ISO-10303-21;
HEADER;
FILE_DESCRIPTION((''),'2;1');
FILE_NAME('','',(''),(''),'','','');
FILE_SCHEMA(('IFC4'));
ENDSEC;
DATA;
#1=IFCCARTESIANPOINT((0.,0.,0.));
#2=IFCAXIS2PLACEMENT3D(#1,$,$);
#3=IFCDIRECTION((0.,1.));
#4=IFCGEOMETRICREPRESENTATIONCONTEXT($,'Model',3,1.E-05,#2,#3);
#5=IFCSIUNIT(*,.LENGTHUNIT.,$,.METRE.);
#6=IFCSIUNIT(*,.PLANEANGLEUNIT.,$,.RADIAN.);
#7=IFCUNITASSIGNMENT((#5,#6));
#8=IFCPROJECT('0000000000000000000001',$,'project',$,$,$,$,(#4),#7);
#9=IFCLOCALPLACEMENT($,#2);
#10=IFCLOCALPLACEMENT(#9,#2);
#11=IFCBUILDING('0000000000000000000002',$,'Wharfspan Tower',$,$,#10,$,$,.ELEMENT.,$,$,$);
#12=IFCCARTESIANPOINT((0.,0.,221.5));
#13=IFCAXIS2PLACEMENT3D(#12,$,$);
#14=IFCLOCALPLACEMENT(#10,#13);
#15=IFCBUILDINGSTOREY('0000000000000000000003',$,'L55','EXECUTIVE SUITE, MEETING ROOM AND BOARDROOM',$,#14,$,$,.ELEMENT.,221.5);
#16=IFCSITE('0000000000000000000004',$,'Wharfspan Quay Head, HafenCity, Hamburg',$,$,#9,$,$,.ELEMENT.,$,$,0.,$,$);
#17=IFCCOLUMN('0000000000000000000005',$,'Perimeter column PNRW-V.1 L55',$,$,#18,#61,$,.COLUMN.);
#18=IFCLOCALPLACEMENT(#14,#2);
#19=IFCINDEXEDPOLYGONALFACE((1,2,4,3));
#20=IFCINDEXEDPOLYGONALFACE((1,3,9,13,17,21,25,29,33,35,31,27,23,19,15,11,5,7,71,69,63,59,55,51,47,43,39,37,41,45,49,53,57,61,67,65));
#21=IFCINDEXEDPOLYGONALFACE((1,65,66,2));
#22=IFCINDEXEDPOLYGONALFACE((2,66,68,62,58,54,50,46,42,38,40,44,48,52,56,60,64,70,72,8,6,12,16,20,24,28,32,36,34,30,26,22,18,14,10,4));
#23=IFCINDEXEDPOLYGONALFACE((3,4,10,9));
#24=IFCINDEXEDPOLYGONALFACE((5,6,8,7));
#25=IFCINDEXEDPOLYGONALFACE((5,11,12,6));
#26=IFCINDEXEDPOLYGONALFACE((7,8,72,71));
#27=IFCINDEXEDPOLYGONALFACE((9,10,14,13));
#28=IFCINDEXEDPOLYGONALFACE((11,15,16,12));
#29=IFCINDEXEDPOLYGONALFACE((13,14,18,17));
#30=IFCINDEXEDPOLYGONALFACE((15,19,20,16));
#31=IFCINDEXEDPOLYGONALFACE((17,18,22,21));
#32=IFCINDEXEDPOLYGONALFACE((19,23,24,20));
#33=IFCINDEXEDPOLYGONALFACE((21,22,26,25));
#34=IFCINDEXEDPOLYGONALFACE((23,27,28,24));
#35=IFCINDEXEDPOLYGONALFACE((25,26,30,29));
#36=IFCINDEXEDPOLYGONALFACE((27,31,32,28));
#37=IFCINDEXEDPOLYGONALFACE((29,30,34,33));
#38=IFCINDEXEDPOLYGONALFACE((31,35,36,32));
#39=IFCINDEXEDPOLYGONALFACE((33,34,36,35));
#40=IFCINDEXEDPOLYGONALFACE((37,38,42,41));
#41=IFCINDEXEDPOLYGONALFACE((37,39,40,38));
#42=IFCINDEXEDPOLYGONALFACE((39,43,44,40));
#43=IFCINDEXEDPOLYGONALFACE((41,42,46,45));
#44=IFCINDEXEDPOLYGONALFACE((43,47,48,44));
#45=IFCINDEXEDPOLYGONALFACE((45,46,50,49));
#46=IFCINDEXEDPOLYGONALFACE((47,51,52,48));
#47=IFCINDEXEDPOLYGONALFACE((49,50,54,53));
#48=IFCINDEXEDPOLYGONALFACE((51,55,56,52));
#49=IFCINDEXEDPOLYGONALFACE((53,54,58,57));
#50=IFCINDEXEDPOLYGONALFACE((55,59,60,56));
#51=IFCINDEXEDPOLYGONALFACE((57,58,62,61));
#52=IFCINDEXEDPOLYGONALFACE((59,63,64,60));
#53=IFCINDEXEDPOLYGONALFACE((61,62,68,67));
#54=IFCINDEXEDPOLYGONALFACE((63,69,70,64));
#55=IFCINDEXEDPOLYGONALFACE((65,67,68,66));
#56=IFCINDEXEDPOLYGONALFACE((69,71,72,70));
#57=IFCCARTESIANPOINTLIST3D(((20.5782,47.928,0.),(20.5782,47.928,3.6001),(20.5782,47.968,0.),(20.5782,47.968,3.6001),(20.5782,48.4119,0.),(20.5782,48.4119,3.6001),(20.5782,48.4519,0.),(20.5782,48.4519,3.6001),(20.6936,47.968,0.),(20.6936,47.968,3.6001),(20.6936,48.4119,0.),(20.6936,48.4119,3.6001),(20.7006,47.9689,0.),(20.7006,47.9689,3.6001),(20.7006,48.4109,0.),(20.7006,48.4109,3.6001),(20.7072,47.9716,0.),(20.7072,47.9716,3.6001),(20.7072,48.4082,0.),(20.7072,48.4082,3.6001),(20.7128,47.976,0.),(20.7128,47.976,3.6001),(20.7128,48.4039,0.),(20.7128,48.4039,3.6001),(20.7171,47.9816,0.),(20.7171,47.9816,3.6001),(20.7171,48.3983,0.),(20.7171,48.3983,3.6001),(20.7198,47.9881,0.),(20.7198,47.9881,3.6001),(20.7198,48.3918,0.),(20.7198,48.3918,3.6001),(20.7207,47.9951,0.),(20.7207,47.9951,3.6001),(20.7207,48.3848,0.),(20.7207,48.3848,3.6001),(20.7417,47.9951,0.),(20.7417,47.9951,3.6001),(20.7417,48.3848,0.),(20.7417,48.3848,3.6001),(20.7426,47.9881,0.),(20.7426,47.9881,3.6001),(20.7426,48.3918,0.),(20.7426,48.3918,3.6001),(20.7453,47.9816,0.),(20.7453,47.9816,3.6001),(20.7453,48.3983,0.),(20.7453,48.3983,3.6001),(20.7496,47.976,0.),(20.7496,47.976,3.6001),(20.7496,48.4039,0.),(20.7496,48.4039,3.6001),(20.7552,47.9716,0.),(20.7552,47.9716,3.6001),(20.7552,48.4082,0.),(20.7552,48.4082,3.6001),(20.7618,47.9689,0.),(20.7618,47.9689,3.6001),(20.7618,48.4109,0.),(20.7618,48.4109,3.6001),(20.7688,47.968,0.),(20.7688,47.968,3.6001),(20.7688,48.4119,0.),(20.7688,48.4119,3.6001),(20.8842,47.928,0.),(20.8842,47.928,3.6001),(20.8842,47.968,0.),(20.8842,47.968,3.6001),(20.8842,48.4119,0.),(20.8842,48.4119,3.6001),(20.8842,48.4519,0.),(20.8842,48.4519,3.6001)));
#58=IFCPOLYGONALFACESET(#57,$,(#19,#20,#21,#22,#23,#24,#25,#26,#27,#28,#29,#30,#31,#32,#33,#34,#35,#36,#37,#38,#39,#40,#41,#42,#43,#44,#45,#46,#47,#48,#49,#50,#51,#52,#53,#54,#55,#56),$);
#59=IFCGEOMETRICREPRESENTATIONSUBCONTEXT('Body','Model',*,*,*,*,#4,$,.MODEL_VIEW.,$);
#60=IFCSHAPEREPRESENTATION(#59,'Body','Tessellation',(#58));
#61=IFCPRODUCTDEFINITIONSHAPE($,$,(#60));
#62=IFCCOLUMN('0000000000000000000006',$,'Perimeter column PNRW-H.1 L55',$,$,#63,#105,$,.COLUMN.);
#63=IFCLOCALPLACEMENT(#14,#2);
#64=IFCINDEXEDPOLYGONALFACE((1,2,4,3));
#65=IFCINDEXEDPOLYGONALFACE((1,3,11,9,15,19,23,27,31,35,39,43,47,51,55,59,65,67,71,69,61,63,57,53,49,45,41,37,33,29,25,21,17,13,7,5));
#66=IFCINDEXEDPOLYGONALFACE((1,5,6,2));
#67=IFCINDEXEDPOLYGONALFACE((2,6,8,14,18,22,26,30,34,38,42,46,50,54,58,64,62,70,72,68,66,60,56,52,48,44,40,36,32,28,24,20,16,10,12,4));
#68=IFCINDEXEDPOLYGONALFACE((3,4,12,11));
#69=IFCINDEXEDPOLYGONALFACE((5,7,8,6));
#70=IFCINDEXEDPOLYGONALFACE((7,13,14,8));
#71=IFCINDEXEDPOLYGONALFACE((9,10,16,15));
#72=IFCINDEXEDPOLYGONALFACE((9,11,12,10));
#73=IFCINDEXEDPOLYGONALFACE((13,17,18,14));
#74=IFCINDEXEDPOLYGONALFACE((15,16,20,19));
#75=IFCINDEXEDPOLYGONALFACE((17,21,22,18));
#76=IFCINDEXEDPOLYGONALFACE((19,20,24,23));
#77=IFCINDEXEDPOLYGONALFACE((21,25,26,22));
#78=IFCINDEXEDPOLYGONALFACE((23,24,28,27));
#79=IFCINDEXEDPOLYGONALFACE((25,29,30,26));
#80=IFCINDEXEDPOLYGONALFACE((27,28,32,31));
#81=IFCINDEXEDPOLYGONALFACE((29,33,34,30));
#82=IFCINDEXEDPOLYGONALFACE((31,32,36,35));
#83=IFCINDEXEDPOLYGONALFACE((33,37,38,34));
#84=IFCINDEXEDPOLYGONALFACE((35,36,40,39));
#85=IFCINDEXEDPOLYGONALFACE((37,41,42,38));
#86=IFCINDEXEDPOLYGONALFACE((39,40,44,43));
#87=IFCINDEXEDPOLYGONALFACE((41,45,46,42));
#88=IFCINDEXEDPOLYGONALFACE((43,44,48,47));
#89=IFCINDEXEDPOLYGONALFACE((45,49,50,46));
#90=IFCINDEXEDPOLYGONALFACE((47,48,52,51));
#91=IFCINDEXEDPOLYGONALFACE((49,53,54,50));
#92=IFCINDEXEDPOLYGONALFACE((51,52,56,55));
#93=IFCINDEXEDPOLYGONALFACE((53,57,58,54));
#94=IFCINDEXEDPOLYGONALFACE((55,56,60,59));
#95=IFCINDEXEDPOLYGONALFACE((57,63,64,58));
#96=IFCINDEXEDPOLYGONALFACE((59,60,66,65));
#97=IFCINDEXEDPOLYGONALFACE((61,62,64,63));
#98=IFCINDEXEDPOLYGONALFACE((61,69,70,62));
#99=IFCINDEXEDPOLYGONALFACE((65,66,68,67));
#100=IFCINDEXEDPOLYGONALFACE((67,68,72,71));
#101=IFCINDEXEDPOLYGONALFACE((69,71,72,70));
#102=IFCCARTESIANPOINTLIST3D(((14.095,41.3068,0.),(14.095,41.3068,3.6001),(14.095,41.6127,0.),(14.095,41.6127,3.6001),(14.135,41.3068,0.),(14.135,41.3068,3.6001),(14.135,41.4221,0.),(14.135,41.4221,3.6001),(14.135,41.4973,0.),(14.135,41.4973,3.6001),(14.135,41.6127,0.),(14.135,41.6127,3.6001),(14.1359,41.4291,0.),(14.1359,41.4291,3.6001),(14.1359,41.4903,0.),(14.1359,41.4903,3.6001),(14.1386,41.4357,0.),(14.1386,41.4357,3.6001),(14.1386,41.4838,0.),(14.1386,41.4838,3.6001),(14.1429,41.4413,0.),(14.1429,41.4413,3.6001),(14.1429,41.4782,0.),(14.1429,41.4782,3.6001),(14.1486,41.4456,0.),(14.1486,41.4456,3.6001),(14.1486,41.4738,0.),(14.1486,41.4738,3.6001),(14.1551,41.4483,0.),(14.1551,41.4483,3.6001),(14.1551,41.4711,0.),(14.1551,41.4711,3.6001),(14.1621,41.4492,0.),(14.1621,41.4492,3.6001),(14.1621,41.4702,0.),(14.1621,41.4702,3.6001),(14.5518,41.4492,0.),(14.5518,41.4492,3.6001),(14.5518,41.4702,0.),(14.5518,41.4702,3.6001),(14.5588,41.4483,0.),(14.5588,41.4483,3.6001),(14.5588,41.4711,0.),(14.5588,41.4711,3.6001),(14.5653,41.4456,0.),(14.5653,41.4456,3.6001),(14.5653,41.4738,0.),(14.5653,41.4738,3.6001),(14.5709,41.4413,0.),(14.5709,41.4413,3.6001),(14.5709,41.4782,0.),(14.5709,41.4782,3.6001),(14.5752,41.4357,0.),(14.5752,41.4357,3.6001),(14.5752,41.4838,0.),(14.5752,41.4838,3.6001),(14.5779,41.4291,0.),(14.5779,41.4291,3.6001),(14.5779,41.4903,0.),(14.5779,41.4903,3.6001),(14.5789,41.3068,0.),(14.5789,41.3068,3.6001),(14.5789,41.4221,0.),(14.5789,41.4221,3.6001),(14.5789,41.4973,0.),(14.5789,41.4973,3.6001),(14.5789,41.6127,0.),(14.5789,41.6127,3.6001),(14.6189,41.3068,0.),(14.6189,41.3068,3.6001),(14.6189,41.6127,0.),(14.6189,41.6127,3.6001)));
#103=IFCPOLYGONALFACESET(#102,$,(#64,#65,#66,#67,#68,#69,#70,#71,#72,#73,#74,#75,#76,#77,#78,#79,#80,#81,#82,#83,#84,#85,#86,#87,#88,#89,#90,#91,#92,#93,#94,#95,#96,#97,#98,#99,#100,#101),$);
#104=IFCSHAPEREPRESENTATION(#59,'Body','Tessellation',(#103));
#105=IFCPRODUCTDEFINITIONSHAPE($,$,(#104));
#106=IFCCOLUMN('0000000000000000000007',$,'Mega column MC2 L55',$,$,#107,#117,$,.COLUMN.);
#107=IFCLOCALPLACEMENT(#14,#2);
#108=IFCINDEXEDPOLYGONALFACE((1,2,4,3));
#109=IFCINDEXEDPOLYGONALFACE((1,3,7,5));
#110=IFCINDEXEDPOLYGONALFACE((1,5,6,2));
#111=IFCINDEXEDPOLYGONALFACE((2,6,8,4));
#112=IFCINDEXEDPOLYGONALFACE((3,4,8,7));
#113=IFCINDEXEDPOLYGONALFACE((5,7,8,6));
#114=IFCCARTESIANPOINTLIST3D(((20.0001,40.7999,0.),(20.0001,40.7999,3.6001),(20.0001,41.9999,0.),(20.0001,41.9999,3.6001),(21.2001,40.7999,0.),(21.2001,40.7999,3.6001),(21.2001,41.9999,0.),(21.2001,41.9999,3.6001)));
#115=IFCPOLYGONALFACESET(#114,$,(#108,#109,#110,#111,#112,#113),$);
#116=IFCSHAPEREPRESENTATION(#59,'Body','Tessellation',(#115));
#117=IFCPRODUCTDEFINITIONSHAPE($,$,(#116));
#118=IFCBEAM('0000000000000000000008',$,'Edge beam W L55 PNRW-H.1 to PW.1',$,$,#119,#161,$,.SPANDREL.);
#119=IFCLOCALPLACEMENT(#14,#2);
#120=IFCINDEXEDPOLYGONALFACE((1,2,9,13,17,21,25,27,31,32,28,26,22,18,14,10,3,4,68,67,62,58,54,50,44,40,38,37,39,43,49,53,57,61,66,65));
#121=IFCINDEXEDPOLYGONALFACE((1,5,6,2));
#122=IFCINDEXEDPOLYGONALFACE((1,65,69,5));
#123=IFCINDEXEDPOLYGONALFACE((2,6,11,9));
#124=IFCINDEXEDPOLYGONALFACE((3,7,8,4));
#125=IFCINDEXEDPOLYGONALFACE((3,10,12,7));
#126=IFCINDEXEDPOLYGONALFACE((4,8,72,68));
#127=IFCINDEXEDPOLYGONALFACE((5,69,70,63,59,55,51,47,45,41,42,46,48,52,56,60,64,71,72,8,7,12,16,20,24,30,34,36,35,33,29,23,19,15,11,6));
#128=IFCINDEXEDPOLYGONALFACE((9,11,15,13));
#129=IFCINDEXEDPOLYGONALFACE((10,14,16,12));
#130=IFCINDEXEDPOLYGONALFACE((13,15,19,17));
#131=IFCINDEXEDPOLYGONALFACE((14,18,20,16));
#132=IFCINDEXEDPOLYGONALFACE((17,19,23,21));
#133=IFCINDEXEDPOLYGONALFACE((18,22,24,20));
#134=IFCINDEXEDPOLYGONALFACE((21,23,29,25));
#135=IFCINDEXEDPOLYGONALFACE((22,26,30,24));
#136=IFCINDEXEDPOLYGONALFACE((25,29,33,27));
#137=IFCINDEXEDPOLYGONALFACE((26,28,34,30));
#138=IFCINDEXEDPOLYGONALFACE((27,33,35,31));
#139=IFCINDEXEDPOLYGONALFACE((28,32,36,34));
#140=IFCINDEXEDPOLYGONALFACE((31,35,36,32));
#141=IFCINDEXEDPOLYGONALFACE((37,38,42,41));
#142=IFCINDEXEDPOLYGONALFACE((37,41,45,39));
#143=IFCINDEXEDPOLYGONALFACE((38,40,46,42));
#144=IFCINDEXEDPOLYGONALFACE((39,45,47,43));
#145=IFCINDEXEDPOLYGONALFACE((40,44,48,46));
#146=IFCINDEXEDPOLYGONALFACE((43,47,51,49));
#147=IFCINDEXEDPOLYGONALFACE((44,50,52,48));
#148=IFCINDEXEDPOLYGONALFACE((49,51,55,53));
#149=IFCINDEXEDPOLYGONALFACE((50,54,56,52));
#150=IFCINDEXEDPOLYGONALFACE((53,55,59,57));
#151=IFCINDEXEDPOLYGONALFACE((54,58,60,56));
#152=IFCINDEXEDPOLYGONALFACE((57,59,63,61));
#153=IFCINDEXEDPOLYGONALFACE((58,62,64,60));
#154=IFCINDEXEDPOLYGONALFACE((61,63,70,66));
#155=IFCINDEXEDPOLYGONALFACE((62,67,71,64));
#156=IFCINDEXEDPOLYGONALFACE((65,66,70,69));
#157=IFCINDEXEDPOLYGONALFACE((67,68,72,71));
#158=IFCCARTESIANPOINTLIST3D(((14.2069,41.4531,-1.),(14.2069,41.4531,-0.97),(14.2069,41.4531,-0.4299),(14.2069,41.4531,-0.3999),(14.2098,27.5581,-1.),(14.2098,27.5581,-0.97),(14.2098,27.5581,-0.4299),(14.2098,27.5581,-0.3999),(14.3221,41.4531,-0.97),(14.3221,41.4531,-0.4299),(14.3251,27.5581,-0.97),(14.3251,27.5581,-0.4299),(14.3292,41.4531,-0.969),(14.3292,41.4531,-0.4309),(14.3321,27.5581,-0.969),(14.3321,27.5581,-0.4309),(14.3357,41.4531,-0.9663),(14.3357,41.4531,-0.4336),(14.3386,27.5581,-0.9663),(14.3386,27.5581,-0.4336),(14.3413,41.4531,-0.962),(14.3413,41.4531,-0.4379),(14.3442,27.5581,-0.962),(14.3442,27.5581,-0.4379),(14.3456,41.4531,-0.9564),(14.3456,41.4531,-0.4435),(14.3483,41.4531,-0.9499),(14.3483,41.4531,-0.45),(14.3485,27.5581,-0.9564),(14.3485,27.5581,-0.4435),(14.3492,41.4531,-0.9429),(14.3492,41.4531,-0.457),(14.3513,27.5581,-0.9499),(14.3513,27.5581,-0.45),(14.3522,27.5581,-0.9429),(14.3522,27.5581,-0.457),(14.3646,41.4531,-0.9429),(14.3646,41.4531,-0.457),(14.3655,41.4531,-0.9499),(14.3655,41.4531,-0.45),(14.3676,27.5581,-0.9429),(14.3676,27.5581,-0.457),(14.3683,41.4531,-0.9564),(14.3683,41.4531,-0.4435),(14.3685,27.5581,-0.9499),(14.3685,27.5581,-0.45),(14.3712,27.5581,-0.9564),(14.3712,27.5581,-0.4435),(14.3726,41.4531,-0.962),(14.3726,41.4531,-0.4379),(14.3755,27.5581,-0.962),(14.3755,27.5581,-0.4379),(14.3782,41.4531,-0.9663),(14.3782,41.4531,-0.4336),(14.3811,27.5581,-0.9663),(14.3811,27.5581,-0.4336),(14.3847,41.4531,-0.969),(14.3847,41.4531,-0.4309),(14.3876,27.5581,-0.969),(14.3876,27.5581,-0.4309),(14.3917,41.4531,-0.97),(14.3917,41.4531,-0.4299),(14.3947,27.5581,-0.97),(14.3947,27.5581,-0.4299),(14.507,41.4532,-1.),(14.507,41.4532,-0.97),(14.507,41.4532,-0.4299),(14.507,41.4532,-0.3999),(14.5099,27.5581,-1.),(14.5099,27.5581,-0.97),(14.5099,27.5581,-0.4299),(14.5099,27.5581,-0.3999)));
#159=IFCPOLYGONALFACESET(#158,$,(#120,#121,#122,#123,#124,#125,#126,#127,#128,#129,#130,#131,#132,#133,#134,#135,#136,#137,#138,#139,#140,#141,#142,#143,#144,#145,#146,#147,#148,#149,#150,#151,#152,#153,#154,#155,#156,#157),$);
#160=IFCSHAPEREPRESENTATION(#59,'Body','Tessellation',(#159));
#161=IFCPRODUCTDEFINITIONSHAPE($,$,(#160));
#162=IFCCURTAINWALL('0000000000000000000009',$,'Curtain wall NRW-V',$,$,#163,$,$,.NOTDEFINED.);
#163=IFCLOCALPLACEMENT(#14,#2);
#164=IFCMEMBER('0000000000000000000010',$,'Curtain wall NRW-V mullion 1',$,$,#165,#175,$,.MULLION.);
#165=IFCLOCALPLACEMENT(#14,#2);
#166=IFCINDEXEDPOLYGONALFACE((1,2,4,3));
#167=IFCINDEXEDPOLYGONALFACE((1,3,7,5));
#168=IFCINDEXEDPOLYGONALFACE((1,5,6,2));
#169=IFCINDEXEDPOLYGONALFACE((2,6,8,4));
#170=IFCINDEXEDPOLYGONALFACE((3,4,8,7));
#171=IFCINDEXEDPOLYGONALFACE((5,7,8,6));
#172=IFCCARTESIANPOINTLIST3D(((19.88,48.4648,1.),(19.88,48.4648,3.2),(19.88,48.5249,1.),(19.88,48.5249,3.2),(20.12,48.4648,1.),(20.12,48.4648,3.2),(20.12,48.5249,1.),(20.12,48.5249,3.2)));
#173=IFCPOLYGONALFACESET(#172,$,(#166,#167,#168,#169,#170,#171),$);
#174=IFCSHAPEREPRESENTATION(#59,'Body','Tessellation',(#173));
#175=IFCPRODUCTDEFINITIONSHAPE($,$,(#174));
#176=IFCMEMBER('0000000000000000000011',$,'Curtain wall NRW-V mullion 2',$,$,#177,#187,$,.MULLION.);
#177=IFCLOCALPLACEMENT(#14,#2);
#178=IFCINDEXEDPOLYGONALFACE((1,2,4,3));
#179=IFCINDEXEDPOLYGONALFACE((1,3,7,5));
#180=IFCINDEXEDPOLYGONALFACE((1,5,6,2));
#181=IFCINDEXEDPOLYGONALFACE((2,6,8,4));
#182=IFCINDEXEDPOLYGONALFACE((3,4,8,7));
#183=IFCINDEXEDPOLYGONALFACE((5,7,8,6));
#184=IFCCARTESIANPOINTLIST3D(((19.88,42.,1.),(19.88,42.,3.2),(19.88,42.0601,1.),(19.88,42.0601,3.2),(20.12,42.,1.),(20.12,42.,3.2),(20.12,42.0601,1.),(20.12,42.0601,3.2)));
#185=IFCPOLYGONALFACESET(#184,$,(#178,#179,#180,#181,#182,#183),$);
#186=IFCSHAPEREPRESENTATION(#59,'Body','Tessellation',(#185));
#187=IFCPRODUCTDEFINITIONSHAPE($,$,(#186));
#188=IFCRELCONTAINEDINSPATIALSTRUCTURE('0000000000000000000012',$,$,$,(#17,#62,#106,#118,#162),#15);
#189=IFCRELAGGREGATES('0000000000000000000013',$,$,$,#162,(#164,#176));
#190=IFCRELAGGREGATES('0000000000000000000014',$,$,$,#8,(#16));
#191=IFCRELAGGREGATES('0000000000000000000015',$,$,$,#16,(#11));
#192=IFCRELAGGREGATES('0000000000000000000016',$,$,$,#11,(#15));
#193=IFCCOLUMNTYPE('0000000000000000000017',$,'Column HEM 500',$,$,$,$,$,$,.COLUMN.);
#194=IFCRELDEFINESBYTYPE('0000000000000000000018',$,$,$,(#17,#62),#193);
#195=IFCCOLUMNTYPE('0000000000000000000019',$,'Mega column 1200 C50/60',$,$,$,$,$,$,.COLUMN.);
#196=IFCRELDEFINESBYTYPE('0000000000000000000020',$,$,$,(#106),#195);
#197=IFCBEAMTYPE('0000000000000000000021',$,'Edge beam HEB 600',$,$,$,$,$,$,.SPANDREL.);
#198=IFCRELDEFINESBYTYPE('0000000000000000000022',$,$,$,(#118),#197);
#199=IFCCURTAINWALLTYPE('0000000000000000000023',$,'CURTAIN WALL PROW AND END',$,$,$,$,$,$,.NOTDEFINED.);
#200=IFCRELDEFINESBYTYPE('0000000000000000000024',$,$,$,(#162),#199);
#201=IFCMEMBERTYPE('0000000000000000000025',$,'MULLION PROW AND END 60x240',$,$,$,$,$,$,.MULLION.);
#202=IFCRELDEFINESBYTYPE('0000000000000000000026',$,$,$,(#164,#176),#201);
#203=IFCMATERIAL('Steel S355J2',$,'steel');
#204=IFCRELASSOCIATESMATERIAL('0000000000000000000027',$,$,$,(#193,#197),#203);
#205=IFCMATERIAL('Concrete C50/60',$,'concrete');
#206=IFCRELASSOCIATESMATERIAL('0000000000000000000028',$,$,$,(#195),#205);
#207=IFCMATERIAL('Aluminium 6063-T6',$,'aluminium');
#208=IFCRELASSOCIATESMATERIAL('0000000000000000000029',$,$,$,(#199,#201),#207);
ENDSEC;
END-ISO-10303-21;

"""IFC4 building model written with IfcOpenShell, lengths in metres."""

from ifc_helpers import new_model, si_unit, direction, frame, origin, origin_2d, place, context, subcontext, project, spatial, rectangle, i_section, extrude, material, material_profile, profile_set, type_object, element, aggregate, save


model = new_model("IFC4")

# Units and contexts
model_context = context("Model", 3, precision=1e-05, world=origin(), true_north=direction((0.0, 1.0)))
body_context = subcontext(model_context, "Body", "Model", "MODEL_VIEW")
ifc_project = project(units=[si_unit("LENGTHUNIT", "METRE"), si_unit("PLANEANGLEUNIT", "RADIAN")], contexts=[model_context])

# Site, building, storey
site_placement = place(None, origin())
site = spatial("IfcSite", under=ifc_project, at=site_placement, Name="Wharfspan Quay Head, HafenCity, Hamburg", CompositionType="ELEMENT", RefElevation=0.0)
building_placement = place(site_placement, origin())
building = spatial("IfcBuilding", under=site, at=building_placement, Name="Wharfspan Tower", CompositionType="ELEMENT")
storey_placement = place(building_placement, frame((0.0, 0.0, 221.5)))
storey = spatial("IfcBuildingStorey", under=building, at=storey_placement, Name="L55", Description="EXECUTIVE SUITE, MEETING ROOM AND BOARDROOM", CompositionType="ELEMENT", Elevation=221.5)

# Columns
ifc_material_1 = material(Name="Steel S355J2", Category="steel")
ifc_material_profile_1 = material_profile(ifc_material_1, i_section(OverallWidth=0.3059, OverallDepth=0.5239, WebThickness=0.021, FlangeThickness=0.04, FilletRadius=0.0271, at=origin_2d()))
ifc_profile_set_1 = profile_set([ifc_material_profile_1], Name="Steel S355J2")
column_type_1 = type_object("IfcColumnType", Name="Column HEM 500", PredefinedType="COLUMN", material=ifc_profile_set_1)
for number, where, z_axis, x_axis, name in (
    (1, (20.7312, 48.1899, 0.0), (0.0, 0.0, 1.0), (-1.0, 0.0, 0.0), "Perimeter column PNRW-V.1 L55"),
    (2, (14.3569, 41.4597, 0.0), (0.0, 0.0, 1.0), (0.0, 1.0, 0.0), "Perimeter column PNRW-H.1 L55"),
):
    element("IfcColumn", number, at=place(storey_placement, frame(where, z_axis=z_axis, x_axis=x_axis)), inside=storey, type_object=column_type_1, Name=name, PredefinedType="COLUMN", context=body_context, shape_type="SweptSolid", body=[
        extrude(i_section(OverallWidth=0.3059, OverallDepth=0.5239, WebThickness=0.021, FlangeThickness=0.04, FilletRadius=0.0271, at=origin_2d()), origin(), (0.0, 0.0, 1.0), 3.6001),
    ])
ifc_material_2 = material(Name="Concrete C50/60", Category="concrete")
ifc_material_profile_2 = material_profile(ifc_material_2, rectangle(XDim=1.2, YDim=1.2, at=origin_2d()))
ifc_profile_set_2 = profile_set([ifc_material_profile_2], Name="Concrete C50/60")
column_type_2 = type_object("IfcColumnType", Name="Mega column 1200 C50/60", PredefinedType="COLUMN", material=ifc_profile_set_2)
column_placement = place(storey_placement, frame((20.6001, 41.3999, 0.0), z_axis=(0.0, 0.0, 1.0), x_axis=(1.0, 0.0, 0.0)))
element("IfcColumn", 3, at=column_placement, inside=storey, type_object=column_type_2, Name="Mega column MC2 L55", PredefinedType="COLUMN", context=body_context, shape_type="SweptSolid", body=[
    extrude(rectangle(XDim=1.2, YDim=1.2, at=origin_2d()), origin(), (0.0, 0.0, 1.0), 3.6001),
])

# Beam
ifc_material_profile_3 = material_profile(ifc_material_1, i_section(OverallWidth=0.3, OverallDepth=0.6001, WebThickness=0.0154, FlangeThickness=0.03, FilletRadius=0.0271, at=origin_2d()))
ifc_profile_set_3 = profile_set([ifc_material_profile_3], Name="Steel S355J2")
beam_type = type_object("IfcBeamType", Name="Edge beam HEB 600", PredefinedType="SPANDREL", material=ifc_profile_set_3)
beam_placement = place(storey_placement, frame((14.3569, 41.4531, -0.7), z_axis=(0.000211, -1.0, 0.0), x_axis=(1.0, 0.000211, 0.0)))
element("IfcBeam", 4, at=beam_placement, inside=storey, type_object=beam_type, Name="Edge beam W L55 PNRW-H.1 to PW.1", PredefinedType="SPANDREL", context=body_context, shape_type="SweptSolid", body=[
    extrude(i_section(OverallWidth=0.3, OverallDepth=0.6001, WebThickness=0.0154, FlangeThickness=0.03, FilletRadius=0.0271, at=origin_2d()), origin(), (0.0, 0.0, 1.0), 13.895),
])

# Curtain wall, members
ifc_material_3 = material(Name="Aluminium 6063-T6", Category="aluminium")
curtain_wall_type = type_object("IfcCurtainWallType", Name="CURTAIN WALL PROW AND END", PredefinedType="NOTDEFINED", material=ifc_material_3)
curtain_wall_1_placement = place(storey_placement, origin())
curtain_wall_1 = element("IfcCurtainWall", 5, at=curtain_wall_1_placement, inside=storey, type_object=curtain_wall_type, Name="Curtain wall NRW-V", PredefinedType="NOTDEFINED")
ifc_material_profile_4 = material_profile(ifc_material_3, rectangle(XDim=0.24, YDim=0.0601, at=origin_2d()))
ifc_profile_set_4 = profile_set([ifc_material_profile_4], Name="Aluminium 6063-T6")
member_type_1 = type_object("IfcMemberType", Name="MULLION PROW AND END 60x240", PredefinedType="MULLION", material=ifc_profile_set_4)
member_1_placement = place(storey_placement, frame((20.0, 48.4949, 1.0), z_axis=(0.0, 0.0, 1.0), x_axis=(1.0, 0.0, 0.0)))
member_1 = element("IfcMember", 6, at=member_1_placement, type_object=member_type_1, Name="Curtain wall NRW-V mullion 1", PredefinedType="MULLION", context=body_context, shape_type="SweptSolid", body=[
    extrude(rectangle(XDim=0.24, YDim=0.0601, at=origin_2d()), origin(), (0.0, 0.0, 1.0), 2.2),
])
member_2_placement = place(storey_placement, frame((20.0, 42.03, 1.0), z_axis=(0.0, 0.0, 1.0), x_axis=(1.0, 0.0, 0.0)))
member_2 = element("IfcMember", 7, at=member_2_placement, type_object=member_type_1, Name="Curtain wall NRW-V mullion 2", PredefinedType="MULLION", context=body_context, shape_type="SweptSolid", body=[
    extrude(rectangle(XDim=0.24, YDim=0.0601, at=origin_2d()), origin(), (0.0, 0.0, 1.0), 2.2),
])

aggregate(curtain_wall_1, [member_1, member_2])

save(model, "model.ifc")
